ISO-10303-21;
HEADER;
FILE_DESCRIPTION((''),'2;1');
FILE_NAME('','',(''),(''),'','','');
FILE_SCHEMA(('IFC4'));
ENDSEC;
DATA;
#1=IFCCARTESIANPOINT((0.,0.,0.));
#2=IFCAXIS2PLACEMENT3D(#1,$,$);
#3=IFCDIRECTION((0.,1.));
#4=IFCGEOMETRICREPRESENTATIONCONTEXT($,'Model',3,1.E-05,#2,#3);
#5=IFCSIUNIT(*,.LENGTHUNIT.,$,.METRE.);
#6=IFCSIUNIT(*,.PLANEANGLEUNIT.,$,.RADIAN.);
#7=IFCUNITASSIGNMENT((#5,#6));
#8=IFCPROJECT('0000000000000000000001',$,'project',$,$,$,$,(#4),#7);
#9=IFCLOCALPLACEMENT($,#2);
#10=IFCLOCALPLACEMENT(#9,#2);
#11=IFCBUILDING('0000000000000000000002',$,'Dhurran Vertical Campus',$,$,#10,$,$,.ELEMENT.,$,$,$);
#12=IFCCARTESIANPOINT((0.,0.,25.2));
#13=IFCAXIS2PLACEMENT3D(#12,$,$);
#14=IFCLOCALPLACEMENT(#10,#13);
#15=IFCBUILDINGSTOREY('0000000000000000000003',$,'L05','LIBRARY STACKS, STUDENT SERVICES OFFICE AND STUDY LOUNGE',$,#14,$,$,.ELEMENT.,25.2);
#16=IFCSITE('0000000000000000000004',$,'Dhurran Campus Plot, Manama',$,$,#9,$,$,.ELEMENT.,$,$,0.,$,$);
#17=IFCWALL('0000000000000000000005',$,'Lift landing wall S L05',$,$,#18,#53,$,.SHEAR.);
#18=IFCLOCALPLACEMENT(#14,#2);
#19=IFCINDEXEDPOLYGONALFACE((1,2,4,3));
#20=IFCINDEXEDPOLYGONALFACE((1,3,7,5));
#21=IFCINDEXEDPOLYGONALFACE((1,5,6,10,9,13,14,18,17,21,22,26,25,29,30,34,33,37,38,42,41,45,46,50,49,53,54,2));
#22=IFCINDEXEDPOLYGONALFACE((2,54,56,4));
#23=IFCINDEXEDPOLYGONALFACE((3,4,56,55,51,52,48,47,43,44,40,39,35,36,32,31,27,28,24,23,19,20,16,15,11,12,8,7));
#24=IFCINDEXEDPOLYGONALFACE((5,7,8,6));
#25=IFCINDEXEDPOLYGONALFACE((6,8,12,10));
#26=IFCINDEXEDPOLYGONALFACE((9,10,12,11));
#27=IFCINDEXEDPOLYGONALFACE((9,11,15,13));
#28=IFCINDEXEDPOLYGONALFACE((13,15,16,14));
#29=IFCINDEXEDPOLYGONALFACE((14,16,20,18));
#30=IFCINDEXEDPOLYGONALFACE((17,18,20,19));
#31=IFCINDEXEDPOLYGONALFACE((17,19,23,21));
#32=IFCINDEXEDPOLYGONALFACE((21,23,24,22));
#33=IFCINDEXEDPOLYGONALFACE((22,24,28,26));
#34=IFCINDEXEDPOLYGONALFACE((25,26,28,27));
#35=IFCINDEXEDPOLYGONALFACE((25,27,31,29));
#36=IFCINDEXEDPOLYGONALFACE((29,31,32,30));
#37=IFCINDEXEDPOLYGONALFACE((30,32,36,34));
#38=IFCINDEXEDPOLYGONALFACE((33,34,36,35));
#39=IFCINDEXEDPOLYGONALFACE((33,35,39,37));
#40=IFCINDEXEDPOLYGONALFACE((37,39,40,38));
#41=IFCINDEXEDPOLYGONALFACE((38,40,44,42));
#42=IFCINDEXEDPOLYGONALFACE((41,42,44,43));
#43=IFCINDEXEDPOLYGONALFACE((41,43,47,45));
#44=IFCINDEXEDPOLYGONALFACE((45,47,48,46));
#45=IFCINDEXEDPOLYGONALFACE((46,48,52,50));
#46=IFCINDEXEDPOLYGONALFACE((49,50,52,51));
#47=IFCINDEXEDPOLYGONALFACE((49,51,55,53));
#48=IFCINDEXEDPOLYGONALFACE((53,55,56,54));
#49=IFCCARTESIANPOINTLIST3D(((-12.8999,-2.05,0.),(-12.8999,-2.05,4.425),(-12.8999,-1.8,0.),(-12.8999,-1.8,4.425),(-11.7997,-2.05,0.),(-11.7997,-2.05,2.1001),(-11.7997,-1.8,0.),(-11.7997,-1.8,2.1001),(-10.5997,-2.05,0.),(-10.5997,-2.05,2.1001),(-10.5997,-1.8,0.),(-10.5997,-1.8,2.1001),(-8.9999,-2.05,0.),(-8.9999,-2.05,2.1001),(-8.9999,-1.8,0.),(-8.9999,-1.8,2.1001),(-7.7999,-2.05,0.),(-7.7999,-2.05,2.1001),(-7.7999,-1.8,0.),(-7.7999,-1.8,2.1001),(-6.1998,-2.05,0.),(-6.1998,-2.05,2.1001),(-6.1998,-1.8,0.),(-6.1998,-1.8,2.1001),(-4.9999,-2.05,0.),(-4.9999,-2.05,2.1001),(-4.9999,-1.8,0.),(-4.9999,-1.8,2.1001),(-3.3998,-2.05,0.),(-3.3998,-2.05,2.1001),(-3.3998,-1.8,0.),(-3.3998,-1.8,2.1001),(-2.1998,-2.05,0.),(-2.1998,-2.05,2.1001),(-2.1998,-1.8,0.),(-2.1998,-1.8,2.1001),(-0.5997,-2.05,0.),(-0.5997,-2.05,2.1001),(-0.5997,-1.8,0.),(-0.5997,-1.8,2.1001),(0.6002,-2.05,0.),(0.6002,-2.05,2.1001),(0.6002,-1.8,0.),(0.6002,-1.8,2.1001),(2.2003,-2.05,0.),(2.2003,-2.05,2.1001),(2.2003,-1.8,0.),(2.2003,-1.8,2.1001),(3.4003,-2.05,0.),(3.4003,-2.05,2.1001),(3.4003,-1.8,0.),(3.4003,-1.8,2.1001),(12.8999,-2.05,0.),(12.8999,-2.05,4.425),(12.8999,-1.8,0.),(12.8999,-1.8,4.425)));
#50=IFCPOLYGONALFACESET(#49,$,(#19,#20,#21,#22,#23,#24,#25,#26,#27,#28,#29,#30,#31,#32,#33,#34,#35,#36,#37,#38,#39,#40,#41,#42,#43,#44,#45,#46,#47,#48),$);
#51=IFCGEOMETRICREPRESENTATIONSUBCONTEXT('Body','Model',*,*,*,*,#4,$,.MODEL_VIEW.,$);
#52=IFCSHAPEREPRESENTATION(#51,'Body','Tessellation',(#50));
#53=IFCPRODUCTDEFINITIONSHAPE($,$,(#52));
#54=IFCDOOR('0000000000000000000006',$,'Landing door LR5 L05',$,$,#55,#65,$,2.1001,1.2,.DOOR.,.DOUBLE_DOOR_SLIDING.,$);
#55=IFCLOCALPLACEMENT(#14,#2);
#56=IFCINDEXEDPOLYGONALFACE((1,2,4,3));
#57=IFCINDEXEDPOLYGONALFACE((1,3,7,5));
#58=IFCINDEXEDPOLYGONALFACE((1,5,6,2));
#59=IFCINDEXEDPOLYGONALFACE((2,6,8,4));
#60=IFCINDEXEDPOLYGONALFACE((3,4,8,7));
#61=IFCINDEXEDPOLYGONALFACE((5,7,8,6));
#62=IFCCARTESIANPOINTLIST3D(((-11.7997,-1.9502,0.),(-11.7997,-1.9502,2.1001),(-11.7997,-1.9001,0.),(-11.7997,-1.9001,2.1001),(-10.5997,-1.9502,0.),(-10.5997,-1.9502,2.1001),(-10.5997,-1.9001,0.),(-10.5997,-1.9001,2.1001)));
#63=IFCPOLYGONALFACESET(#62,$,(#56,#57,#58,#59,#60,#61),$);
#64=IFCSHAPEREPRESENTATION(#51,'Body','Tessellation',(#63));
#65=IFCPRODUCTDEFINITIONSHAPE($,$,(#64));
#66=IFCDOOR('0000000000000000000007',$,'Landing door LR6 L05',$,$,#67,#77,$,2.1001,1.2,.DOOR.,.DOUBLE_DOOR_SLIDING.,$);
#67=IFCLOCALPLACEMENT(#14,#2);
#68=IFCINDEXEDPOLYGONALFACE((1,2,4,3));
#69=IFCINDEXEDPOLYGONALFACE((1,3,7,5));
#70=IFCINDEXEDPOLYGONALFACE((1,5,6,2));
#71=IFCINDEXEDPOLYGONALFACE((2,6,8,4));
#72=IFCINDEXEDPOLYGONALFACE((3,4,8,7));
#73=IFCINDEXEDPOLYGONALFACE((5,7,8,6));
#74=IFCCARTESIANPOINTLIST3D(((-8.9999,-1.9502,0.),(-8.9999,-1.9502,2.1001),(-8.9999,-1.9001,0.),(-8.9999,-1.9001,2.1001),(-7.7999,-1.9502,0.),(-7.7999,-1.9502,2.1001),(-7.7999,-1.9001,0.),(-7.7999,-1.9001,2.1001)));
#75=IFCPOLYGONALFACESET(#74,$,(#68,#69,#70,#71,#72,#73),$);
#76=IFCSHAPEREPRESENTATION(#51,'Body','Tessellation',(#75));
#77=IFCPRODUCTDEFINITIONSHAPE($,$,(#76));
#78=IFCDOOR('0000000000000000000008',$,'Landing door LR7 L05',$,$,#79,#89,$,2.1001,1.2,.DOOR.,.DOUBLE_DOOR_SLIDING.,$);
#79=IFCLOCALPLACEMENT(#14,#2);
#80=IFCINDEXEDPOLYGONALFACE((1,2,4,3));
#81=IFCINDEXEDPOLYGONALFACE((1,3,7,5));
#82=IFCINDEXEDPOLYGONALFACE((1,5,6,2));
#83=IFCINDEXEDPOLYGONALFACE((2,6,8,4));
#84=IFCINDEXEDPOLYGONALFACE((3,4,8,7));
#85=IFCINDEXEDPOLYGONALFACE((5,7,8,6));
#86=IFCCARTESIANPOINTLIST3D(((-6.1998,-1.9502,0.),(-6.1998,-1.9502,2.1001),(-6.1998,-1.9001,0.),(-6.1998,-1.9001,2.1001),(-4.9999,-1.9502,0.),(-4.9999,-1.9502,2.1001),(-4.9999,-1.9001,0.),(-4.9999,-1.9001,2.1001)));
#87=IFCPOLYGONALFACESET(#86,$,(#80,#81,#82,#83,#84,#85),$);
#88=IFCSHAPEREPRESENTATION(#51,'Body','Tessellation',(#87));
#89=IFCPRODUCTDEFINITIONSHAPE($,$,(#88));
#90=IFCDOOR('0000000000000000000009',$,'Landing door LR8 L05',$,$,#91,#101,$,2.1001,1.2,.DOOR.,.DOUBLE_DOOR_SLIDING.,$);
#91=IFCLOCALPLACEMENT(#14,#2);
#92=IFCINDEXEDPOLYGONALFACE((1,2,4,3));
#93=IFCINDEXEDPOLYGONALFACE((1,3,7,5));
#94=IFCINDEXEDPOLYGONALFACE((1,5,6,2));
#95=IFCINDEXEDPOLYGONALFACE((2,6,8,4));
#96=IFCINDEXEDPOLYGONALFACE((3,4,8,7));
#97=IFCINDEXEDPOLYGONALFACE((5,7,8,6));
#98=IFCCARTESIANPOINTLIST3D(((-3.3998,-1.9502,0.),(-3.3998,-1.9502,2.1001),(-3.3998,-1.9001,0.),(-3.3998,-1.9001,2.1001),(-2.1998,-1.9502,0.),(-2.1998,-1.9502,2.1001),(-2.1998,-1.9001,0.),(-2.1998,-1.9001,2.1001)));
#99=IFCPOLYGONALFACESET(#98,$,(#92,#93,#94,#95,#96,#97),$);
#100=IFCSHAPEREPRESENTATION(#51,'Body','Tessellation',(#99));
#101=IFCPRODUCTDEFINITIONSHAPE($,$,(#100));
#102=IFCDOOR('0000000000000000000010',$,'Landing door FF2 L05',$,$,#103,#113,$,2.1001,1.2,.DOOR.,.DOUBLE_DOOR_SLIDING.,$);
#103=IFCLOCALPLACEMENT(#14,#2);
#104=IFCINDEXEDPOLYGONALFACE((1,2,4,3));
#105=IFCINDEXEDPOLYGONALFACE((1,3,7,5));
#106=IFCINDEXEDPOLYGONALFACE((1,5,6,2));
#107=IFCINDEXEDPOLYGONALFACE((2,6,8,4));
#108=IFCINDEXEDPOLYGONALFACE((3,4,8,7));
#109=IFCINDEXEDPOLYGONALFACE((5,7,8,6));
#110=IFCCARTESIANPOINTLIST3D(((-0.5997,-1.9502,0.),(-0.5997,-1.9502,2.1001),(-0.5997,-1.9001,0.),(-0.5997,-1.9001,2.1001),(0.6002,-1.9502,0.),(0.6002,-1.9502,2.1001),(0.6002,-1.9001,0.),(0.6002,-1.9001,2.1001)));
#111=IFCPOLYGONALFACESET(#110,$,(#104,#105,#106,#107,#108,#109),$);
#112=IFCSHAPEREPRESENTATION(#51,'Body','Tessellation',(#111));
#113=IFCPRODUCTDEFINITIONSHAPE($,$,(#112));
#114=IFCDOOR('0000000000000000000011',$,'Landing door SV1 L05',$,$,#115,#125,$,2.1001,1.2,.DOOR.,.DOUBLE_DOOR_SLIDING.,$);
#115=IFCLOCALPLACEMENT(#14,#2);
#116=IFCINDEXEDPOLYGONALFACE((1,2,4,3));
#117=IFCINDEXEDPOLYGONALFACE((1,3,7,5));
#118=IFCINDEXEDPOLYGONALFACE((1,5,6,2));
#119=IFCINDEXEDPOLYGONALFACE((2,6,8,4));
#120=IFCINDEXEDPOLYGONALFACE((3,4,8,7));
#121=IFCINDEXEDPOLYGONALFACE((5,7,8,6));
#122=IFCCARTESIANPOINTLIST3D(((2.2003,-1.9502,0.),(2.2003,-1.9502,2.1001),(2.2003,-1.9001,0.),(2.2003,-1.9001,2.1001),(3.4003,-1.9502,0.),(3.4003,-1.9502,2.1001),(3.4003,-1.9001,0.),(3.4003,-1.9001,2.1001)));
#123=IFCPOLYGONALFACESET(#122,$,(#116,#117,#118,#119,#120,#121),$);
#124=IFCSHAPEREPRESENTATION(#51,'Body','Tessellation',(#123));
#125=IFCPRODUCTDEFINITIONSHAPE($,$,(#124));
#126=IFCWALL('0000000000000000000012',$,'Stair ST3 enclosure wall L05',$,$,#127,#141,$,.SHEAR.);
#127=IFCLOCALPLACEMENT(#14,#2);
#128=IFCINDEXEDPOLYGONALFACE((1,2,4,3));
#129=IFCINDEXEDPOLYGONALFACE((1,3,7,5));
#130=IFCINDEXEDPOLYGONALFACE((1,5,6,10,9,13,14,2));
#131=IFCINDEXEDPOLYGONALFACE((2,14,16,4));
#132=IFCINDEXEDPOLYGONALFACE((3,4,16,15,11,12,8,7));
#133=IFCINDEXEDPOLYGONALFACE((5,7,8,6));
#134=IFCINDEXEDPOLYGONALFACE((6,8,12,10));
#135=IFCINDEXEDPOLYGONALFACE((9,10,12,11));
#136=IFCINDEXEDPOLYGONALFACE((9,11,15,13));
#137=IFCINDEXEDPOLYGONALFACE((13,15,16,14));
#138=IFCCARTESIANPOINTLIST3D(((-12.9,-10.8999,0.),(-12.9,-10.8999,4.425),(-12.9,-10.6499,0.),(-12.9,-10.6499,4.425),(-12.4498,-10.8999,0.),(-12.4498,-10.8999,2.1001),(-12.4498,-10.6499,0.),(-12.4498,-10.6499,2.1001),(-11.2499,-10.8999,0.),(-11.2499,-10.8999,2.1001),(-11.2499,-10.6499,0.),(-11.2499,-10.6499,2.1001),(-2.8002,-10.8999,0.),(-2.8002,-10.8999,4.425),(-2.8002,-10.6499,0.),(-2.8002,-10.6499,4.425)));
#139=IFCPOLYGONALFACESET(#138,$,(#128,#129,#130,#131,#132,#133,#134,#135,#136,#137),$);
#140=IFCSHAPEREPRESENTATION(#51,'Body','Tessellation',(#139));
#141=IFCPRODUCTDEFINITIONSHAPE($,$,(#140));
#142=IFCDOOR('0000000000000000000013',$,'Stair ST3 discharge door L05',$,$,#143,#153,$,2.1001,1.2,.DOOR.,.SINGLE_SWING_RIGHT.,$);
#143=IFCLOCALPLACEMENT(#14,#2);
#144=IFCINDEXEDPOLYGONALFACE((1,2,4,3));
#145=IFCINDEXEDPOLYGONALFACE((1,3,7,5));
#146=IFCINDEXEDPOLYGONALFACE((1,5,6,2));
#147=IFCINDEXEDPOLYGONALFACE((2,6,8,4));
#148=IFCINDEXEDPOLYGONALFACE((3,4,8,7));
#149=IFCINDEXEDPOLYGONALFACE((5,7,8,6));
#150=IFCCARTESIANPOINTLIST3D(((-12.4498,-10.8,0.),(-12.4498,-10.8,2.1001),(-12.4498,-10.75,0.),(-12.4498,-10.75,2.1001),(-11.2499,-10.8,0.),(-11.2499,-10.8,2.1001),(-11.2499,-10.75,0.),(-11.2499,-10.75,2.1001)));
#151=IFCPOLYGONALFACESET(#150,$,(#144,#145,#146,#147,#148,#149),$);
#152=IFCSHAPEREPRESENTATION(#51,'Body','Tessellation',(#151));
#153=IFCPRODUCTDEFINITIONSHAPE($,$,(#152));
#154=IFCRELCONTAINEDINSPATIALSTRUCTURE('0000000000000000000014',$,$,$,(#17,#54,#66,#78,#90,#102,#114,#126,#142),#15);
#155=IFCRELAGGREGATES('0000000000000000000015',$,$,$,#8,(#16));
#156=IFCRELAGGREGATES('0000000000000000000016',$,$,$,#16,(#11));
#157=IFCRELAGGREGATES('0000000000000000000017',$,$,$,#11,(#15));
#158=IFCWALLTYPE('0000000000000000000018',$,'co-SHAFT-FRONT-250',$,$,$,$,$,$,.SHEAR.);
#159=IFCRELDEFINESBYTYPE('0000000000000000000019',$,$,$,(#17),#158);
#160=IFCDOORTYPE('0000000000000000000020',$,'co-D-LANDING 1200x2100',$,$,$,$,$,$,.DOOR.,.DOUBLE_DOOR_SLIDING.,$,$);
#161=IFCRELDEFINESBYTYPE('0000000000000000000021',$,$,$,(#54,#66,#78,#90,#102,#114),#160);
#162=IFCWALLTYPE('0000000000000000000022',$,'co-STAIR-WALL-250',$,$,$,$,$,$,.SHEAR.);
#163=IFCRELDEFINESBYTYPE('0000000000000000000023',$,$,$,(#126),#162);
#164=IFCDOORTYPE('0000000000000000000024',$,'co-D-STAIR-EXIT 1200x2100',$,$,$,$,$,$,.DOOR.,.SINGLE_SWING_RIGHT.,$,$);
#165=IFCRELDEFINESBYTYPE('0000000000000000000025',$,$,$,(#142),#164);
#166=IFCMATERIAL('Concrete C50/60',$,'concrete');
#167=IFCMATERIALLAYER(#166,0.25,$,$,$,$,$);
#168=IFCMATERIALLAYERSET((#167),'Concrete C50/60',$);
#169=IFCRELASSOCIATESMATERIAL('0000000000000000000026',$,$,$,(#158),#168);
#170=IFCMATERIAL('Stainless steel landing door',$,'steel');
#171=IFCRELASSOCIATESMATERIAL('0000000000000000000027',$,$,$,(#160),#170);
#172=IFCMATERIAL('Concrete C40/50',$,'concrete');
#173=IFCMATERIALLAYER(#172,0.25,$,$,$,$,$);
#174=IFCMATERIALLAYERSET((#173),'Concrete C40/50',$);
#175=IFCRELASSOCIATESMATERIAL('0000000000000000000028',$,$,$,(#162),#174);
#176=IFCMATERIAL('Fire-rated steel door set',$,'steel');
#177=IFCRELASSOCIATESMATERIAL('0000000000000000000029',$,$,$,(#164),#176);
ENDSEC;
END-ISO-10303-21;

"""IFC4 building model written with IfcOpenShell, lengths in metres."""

from ifc_helpers import new_model, si_unit, direction, frame, frame_2d, origin, place, context, subcontext, project, spatial, rectangle, extrude, material, layer, layer_set, type_object, element, fill, save


model = new_model("IFC4")

# Units and contexts
model_context = context("Model", 3, precision=1e-05, world=origin(), true_north=direction((0.0, 1.0)))
body_context = subcontext(model_context, "Body", "Model", "MODEL_VIEW")
ifc_project = project(units=[si_unit("LENGTHUNIT", "METRE"), si_unit("PLANEANGLEUNIT", "RADIAN")], contexts=[model_context])

# Site, building, storey
site_placement = place(None, origin())
site = spatial("IfcSite", under=ifc_project, at=site_placement, Name="Dhurran Campus Plot, Manama", CompositionType="ELEMENT", RefElevation=0.0)
building_placement = place(site_placement, origin())
building = spatial("IfcBuilding", under=site, at=building_placement, Name="Dhurran Vertical Campus", CompositionType="ELEMENT")
storey_placement = place(building_placement, frame((0.0, 0.0, 25.2)))
storey = spatial("IfcBuildingStorey", under=building, at=storey_placement, Name="L05", Description="LIBRARY STACKS, STUDENT SERVICES OFFICE AND STUDY LOUNGE", CompositionType="ELEMENT", Elevation=25.2)

# Wall, openings, doors
ifc_material_1 = material(Name="Concrete C50/60", Category="concrete")
ifc_layer_1 = layer(ifc_material_1, 0.25)
ifc_layer_set_1 = layer_set([ifc_layer_1], Name="Concrete C50/60")
wall_type_1 = type_object("IfcWallType", Name="co-SHAFT-FRONT-250", PredefinedType="SHEAR", material=ifc_layer_set_1)
wall_1_placement = place(storey_placement, frame((-12.8999, -1.925, 0.0), z_axis=(0.0, 0.0, 1.0), x_axis=(1.0, 0.0, 0.0)))
wall_1 = element("IfcWall", 1, at=wall_1_placement, inside=storey, type_object=wall_type_1, Name="Lift landing wall S L05", PredefinedType="SHEAR", context=body_context, shape_type="SweptSolid", body=[
    extrude(rectangle(XDim=25.7998, YDim=0.25, at=frame_2d((12.8999, 0.0))), origin(), (0.0, 0.0, 1.0), 4.425),
])
opening_1_placement = place(wall_1_placement, frame((1.1001, 0.0, 0.0)))
opening_1 = element("IfcOpeningElement", 2, at=opening_1_placement, cuts=wall_1, PredefinedType="OPENING", context=body_context, shape_type="SweptSolid", body=[
    extrude(rectangle(XDim=1.2, YDim=2.1001, at=frame_2d((0.6001, 1.05))), frame((0.0, 0.135, 0.0), z_axis=(0.0, -1.0, 0.0), x_axis=(1.0, 0.0, 0.0)), (0.0, 0.0, 1.0), 0.27),
])
opening_2_placement = place(wall_1_placement, frame((3.8999, 0.0, 0.0)))
opening_2 = element("IfcOpeningElement", 3, at=opening_2_placement, cuts=wall_1, PredefinedType="OPENING", context=body_context, shape_type="SweptSolid", body=[
    extrude(rectangle(XDim=1.2, YDim=2.1001, at=frame_2d((0.6001, 1.05))), frame((0.0, 0.135, 0.0), z_axis=(0.0, -1.0, 0.0), x_axis=(1.0, 0.0, 0.0)), (0.0, 0.0, 1.0), 0.27),
])
opening_3_placement = place(wall_1_placement, frame((6.7, 0.0, 0.0)))
opening_3 = element("IfcOpeningElement", 4, at=opening_3_placement, cuts=wall_1, PredefinedType="OPENING", context=body_context, shape_type="SweptSolid", body=[
    extrude(rectangle(XDim=1.2, YDim=2.1001, at=frame_2d((0.6001, 1.05))), frame((0.0, 0.135, 0.0), z_axis=(0.0, -1.0, 0.0), x_axis=(1.0, 0.0, 0.0)), (0.0, 0.0, 1.0), 0.27),
])
opening_4_placement = place(wall_1_placement, frame((9.5, 0.0, 0.0)))
opening_4 = element("IfcOpeningElement", 5, at=opening_4_placement, cuts=wall_1, PredefinedType="OPENING", context=body_context, shape_type="SweptSolid", body=[
    extrude(rectangle(XDim=1.2, YDim=2.1001, at=frame_2d((0.6001, 1.05))), frame((0.0, 0.135, 0.0), z_axis=(0.0, -1.0, 0.0), x_axis=(1.0, 0.0, 0.0)), (0.0, 0.0, 1.0), 0.27),
])
opening_5_placement = place(wall_1_placement, frame((12.3, 0.0, 0.0)))
opening_5 = element("IfcOpeningElement", 6, at=opening_5_placement, cuts=wall_1, PredefinedType="OPENING", context=body_context, shape_type="SweptSolid", body=[
    extrude(rectangle(XDim=1.2, YDim=2.1001, at=frame_2d((0.6001, 1.05))), frame((0.0, 0.135, 0.0), z_axis=(0.0, -1.0, 0.0), x_axis=(1.0, 0.0, 0.0)), (0.0, 0.0, 1.0), 0.27),
])
opening_6_placement = place(wall_1_placement, frame((15.1001, 0.0, 0.0)))
opening_6 = element("IfcOpeningElement", 7, at=opening_6_placement, cuts=wall_1, PredefinedType="OPENING", context=body_context, shape_type="SweptSolid", body=[
    extrude(rectangle(XDim=1.2, YDim=2.1001, at=frame_2d((0.6001, 1.05))), frame((0.0, 0.135, 0.0), z_axis=(0.0, -1.0, 0.0), x_axis=(1.0, 0.0, 0.0)), (0.0, 0.0, 1.0), 0.27),
])
ifc_material_2 = material(Name="Stainless steel landing door", Category="steel")
door_type_1 = type_object("IfcDoorType", Name="co-D-LANDING 1200x2100", OperationType="DOUBLE_DOOR_SLIDING", PredefinedType="DOOR", material=ifc_material_2)
door_1_placement = place(opening_1_placement, origin())
door_1 = element("IfcDoor", 8, at=door_1_placement, inside=storey, type_object=door_type_1, Name="Landing door LR5 L05", OperationType="DOUBLE_DOOR_SLIDING", OverallHeight=2.1001, OverallWidth=1.2, PredefinedType="DOOR", context=body_context, shape_type="SweptSolid", body=[
    extrude(rectangle(XDim=1.2, YDim=2.1001, at=frame_2d((0.6001, 1.05))), frame((0.0, 0.0249, 0.0), z_axis=(0.0, -1.0, 0.0), x_axis=(1.0, 0.0, 0.0)), (0.0, 0.0, 1.0), 0.05),
])
fill(opening_1, door_1)
door_2_placement = place(opening_2_placement, origin())
door_2 = element("IfcDoor", 9, at=door_2_placement, inside=storey, type_object=door_type_1, Name="Landing door LR6 L05", OperationType="DOUBLE_DOOR_SLIDING", OverallHeight=2.1001, OverallWidth=1.2, PredefinedType="DOOR", context=body_context, shape_type="SweptSolid", body=[
    extrude(rectangle(XDim=1.2, YDim=2.1001, at=frame_2d((0.6001, 1.05))), frame((0.0, 0.0249, 0.0), z_axis=(0.0, -1.0, 0.0), x_axis=(1.0, 0.0, 0.0)), (0.0, 0.0, 1.0), 0.05),
])
fill(opening_2, door_2)
door_3_placement = place(opening_3_placement, origin())
door_3 = element("IfcDoor", 10, at=door_3_placement, inside=storey, type_object=door_type_1, Name="Landing door LR7 L05", OperationType="DOUBLE_DOOR_SLIDING", OverallHeight=2.1001, OverallWidth=1.2, PredefinedType="DOOR", context=body_context, shape_type="SweptSolid", body=[
    extrude(rectangle(XDim=1.2, YDim=2.1001, at=frame_2d((0.6001, 1.05))), frame((0.0, 0.0249, 0.0), z_axis=(0.0, -1.0, 0.0), x_axis=(1.0, 0.0, 0.0)), (0.0, 0.0, 1.0), 0.05),
])
fill(opening_3, door_3)
door_4_placement = place(opening_4_placement, origin())
door_4 = element("IfcDoor", 11, at=door_4_placement, inside=storey, type_object=door_type_1, Name="Landing door LR8 L05", OperationType="DOUBLE_DOOR_SLIDING", OverallHeight=2.1001, OverallWidth=1.2, PredefinedType="DOOR", context=body_context, shape_type="SweptSolid", body=[
    extrude(rectangle(XDim=1.2, YDim=2.1001, at=frame_2d((0.6001, 1.05))), frame((0.0, 0.0249, 0.0), z_axis=(0.0, -1.0, 0.0), x_axis=(1.0, 0.0, 0.0)), (0.0, 0.0, 1.0), 0.05),
])
fill(opening_4, door_4)
door_5_placement = place(opening_5_placement, origin())
door_5 = element("IfcDoor", 12, at=door_5_placement, inside=storey, type_object=door_type_1, Name="Landing door FF2 L05", OperationType="DOUBLE_DOOR_SLIDING", OverallHeight=2.1001, OverallWidth=1.2, PredefinedType="DOOR", context=body_context, shape_type="SweptSolid", body=[
    extrude(rectangle(XDim=1.2, YDim=2.1001, at=frame_2d((0.6001, 1.05))), frame((0.0, 0.0249, 0.0), z_axis=(0.0, -1.0, 0.0), x_axis=(1.0, 0.0, 0.0)), (0.0, 0.0, 1.0), 0.05),
])
fill(opening_5, door_5)
door_6_placement = place(opening_6_placement, origin())
door_6 = element("IfcDoor", 13, at=door_6_placement, inside=storey, type_object=door_type_1, Name="Landing door SV1 L05", OperationType="DOUBLE_DOOR_SLIDING", OverallHeight=2.1001, OverallWidth=1.2, PredefinedType="DOOR", context=body_context, shape_type="SweptSolid", body=[
    extrude(rectangle(XDim=1.2, YDim=2.1001, at=frame_2d((0.6001, 1.05))), frame((0.0, 0.0249, 0.0), z_axis=(0.0, -1.0, 0.0), x_axis=(1.0, 0.0, 0.0)), (0.0, 0.0, 1.0), 0.05),
])
fill(opening_6, door_6)

# Wall, opening, door
ifc_material_3 = material(Name="Concrete C40/50", Category="concrete")
ifc_layer_2 = layer(ifc_material_3, 0.25)
ifc_layer_set_2 = layer_set([ifc_layer_2], Name="Concrete C40/50")
wall_type_2 = type_object("IfcWallType", Name="co-STAIR-WALL-250", PredefinedType="SHEAR", material=ifc_layer_set_2)
wall_2_placement = place(storey_placement, frame((-12.8999, -10.7749, 0.0), z_axis=(0.0, 0.0, 1.0), x_axis=(1.0, 0.0, 0.0)))
wall_2 = element("IfcWall", 14, at=wall_2_placement, inside=storey, type_object=wall_type_2, Name="Stair ST3 enclosure wall L05", PredefinedType="SHEAR", context=body_context, shape_type="SweptSolid", body=[
    extrude(rectangle(XDim=10.0999, YDim=0.25, at=frame_2d((5.0498, 0.0))), origin(), (0.0, 0.0, 1.0), 4.425),
])
opening_7_placement = place(wall_2_placement, frame((0.45, 0.0, 0.0)))
opening_7 = element("IfcOpeningElement", 15, at=opening_7_placement, cuts=wall_2, PredefinedType="OPENING", context=body_context, shape_type="SweptSolid", body=[
    extrude(rectangle(XDim=1.2, YDim=2.1001, at=frame_2d((0.6001, 1.05))), frame((0.0, 0.135, 0.0), z_axis=(0.0, -1.0, 0.0), x_axis=(1.0, 0.0, 0.0)), (0.0, 0.0, 1.0), 0.27),
])
ifc_material_4 = material(Name="Fire-rated steel door set", Category="steel")
door_type_2 = type_object("IfcDoorType", Name="co-D-STAIR-EXIT 1200x2100", OperationType="SINGLE_SWING_RIGHT", PredefinedType="DOOR", material=ifc_material_4)
door_7_placement = place(opening_7_placement, origin())
door_7 = element("IfcDoor", 16, at=door_7_placement, inside=storey, type_object=door_type_2, Name="Stair ST3 discharge door L05", OperationType="SINGLE_SWING_RIGHT", OverallHeight=2.1001, OverallWidth=1.2, PredefinedType="DOOR", context=body_context, shape_type="SweptSolid", body=[
    extrude(rectangle(XDim=1.2, YDim=2.1001, at=frame_2d((0.6001, 1.05))), frame((0.0, 0.0249, 0.0), z_axis=(0.0, -1.0, 0.0), x_axis=(1.0, 0.0, 0.0)), (0.0, 0.0, 1.0), 0.05),
])
fill(opening_7, door_7)

save(model, "model.ifc")
